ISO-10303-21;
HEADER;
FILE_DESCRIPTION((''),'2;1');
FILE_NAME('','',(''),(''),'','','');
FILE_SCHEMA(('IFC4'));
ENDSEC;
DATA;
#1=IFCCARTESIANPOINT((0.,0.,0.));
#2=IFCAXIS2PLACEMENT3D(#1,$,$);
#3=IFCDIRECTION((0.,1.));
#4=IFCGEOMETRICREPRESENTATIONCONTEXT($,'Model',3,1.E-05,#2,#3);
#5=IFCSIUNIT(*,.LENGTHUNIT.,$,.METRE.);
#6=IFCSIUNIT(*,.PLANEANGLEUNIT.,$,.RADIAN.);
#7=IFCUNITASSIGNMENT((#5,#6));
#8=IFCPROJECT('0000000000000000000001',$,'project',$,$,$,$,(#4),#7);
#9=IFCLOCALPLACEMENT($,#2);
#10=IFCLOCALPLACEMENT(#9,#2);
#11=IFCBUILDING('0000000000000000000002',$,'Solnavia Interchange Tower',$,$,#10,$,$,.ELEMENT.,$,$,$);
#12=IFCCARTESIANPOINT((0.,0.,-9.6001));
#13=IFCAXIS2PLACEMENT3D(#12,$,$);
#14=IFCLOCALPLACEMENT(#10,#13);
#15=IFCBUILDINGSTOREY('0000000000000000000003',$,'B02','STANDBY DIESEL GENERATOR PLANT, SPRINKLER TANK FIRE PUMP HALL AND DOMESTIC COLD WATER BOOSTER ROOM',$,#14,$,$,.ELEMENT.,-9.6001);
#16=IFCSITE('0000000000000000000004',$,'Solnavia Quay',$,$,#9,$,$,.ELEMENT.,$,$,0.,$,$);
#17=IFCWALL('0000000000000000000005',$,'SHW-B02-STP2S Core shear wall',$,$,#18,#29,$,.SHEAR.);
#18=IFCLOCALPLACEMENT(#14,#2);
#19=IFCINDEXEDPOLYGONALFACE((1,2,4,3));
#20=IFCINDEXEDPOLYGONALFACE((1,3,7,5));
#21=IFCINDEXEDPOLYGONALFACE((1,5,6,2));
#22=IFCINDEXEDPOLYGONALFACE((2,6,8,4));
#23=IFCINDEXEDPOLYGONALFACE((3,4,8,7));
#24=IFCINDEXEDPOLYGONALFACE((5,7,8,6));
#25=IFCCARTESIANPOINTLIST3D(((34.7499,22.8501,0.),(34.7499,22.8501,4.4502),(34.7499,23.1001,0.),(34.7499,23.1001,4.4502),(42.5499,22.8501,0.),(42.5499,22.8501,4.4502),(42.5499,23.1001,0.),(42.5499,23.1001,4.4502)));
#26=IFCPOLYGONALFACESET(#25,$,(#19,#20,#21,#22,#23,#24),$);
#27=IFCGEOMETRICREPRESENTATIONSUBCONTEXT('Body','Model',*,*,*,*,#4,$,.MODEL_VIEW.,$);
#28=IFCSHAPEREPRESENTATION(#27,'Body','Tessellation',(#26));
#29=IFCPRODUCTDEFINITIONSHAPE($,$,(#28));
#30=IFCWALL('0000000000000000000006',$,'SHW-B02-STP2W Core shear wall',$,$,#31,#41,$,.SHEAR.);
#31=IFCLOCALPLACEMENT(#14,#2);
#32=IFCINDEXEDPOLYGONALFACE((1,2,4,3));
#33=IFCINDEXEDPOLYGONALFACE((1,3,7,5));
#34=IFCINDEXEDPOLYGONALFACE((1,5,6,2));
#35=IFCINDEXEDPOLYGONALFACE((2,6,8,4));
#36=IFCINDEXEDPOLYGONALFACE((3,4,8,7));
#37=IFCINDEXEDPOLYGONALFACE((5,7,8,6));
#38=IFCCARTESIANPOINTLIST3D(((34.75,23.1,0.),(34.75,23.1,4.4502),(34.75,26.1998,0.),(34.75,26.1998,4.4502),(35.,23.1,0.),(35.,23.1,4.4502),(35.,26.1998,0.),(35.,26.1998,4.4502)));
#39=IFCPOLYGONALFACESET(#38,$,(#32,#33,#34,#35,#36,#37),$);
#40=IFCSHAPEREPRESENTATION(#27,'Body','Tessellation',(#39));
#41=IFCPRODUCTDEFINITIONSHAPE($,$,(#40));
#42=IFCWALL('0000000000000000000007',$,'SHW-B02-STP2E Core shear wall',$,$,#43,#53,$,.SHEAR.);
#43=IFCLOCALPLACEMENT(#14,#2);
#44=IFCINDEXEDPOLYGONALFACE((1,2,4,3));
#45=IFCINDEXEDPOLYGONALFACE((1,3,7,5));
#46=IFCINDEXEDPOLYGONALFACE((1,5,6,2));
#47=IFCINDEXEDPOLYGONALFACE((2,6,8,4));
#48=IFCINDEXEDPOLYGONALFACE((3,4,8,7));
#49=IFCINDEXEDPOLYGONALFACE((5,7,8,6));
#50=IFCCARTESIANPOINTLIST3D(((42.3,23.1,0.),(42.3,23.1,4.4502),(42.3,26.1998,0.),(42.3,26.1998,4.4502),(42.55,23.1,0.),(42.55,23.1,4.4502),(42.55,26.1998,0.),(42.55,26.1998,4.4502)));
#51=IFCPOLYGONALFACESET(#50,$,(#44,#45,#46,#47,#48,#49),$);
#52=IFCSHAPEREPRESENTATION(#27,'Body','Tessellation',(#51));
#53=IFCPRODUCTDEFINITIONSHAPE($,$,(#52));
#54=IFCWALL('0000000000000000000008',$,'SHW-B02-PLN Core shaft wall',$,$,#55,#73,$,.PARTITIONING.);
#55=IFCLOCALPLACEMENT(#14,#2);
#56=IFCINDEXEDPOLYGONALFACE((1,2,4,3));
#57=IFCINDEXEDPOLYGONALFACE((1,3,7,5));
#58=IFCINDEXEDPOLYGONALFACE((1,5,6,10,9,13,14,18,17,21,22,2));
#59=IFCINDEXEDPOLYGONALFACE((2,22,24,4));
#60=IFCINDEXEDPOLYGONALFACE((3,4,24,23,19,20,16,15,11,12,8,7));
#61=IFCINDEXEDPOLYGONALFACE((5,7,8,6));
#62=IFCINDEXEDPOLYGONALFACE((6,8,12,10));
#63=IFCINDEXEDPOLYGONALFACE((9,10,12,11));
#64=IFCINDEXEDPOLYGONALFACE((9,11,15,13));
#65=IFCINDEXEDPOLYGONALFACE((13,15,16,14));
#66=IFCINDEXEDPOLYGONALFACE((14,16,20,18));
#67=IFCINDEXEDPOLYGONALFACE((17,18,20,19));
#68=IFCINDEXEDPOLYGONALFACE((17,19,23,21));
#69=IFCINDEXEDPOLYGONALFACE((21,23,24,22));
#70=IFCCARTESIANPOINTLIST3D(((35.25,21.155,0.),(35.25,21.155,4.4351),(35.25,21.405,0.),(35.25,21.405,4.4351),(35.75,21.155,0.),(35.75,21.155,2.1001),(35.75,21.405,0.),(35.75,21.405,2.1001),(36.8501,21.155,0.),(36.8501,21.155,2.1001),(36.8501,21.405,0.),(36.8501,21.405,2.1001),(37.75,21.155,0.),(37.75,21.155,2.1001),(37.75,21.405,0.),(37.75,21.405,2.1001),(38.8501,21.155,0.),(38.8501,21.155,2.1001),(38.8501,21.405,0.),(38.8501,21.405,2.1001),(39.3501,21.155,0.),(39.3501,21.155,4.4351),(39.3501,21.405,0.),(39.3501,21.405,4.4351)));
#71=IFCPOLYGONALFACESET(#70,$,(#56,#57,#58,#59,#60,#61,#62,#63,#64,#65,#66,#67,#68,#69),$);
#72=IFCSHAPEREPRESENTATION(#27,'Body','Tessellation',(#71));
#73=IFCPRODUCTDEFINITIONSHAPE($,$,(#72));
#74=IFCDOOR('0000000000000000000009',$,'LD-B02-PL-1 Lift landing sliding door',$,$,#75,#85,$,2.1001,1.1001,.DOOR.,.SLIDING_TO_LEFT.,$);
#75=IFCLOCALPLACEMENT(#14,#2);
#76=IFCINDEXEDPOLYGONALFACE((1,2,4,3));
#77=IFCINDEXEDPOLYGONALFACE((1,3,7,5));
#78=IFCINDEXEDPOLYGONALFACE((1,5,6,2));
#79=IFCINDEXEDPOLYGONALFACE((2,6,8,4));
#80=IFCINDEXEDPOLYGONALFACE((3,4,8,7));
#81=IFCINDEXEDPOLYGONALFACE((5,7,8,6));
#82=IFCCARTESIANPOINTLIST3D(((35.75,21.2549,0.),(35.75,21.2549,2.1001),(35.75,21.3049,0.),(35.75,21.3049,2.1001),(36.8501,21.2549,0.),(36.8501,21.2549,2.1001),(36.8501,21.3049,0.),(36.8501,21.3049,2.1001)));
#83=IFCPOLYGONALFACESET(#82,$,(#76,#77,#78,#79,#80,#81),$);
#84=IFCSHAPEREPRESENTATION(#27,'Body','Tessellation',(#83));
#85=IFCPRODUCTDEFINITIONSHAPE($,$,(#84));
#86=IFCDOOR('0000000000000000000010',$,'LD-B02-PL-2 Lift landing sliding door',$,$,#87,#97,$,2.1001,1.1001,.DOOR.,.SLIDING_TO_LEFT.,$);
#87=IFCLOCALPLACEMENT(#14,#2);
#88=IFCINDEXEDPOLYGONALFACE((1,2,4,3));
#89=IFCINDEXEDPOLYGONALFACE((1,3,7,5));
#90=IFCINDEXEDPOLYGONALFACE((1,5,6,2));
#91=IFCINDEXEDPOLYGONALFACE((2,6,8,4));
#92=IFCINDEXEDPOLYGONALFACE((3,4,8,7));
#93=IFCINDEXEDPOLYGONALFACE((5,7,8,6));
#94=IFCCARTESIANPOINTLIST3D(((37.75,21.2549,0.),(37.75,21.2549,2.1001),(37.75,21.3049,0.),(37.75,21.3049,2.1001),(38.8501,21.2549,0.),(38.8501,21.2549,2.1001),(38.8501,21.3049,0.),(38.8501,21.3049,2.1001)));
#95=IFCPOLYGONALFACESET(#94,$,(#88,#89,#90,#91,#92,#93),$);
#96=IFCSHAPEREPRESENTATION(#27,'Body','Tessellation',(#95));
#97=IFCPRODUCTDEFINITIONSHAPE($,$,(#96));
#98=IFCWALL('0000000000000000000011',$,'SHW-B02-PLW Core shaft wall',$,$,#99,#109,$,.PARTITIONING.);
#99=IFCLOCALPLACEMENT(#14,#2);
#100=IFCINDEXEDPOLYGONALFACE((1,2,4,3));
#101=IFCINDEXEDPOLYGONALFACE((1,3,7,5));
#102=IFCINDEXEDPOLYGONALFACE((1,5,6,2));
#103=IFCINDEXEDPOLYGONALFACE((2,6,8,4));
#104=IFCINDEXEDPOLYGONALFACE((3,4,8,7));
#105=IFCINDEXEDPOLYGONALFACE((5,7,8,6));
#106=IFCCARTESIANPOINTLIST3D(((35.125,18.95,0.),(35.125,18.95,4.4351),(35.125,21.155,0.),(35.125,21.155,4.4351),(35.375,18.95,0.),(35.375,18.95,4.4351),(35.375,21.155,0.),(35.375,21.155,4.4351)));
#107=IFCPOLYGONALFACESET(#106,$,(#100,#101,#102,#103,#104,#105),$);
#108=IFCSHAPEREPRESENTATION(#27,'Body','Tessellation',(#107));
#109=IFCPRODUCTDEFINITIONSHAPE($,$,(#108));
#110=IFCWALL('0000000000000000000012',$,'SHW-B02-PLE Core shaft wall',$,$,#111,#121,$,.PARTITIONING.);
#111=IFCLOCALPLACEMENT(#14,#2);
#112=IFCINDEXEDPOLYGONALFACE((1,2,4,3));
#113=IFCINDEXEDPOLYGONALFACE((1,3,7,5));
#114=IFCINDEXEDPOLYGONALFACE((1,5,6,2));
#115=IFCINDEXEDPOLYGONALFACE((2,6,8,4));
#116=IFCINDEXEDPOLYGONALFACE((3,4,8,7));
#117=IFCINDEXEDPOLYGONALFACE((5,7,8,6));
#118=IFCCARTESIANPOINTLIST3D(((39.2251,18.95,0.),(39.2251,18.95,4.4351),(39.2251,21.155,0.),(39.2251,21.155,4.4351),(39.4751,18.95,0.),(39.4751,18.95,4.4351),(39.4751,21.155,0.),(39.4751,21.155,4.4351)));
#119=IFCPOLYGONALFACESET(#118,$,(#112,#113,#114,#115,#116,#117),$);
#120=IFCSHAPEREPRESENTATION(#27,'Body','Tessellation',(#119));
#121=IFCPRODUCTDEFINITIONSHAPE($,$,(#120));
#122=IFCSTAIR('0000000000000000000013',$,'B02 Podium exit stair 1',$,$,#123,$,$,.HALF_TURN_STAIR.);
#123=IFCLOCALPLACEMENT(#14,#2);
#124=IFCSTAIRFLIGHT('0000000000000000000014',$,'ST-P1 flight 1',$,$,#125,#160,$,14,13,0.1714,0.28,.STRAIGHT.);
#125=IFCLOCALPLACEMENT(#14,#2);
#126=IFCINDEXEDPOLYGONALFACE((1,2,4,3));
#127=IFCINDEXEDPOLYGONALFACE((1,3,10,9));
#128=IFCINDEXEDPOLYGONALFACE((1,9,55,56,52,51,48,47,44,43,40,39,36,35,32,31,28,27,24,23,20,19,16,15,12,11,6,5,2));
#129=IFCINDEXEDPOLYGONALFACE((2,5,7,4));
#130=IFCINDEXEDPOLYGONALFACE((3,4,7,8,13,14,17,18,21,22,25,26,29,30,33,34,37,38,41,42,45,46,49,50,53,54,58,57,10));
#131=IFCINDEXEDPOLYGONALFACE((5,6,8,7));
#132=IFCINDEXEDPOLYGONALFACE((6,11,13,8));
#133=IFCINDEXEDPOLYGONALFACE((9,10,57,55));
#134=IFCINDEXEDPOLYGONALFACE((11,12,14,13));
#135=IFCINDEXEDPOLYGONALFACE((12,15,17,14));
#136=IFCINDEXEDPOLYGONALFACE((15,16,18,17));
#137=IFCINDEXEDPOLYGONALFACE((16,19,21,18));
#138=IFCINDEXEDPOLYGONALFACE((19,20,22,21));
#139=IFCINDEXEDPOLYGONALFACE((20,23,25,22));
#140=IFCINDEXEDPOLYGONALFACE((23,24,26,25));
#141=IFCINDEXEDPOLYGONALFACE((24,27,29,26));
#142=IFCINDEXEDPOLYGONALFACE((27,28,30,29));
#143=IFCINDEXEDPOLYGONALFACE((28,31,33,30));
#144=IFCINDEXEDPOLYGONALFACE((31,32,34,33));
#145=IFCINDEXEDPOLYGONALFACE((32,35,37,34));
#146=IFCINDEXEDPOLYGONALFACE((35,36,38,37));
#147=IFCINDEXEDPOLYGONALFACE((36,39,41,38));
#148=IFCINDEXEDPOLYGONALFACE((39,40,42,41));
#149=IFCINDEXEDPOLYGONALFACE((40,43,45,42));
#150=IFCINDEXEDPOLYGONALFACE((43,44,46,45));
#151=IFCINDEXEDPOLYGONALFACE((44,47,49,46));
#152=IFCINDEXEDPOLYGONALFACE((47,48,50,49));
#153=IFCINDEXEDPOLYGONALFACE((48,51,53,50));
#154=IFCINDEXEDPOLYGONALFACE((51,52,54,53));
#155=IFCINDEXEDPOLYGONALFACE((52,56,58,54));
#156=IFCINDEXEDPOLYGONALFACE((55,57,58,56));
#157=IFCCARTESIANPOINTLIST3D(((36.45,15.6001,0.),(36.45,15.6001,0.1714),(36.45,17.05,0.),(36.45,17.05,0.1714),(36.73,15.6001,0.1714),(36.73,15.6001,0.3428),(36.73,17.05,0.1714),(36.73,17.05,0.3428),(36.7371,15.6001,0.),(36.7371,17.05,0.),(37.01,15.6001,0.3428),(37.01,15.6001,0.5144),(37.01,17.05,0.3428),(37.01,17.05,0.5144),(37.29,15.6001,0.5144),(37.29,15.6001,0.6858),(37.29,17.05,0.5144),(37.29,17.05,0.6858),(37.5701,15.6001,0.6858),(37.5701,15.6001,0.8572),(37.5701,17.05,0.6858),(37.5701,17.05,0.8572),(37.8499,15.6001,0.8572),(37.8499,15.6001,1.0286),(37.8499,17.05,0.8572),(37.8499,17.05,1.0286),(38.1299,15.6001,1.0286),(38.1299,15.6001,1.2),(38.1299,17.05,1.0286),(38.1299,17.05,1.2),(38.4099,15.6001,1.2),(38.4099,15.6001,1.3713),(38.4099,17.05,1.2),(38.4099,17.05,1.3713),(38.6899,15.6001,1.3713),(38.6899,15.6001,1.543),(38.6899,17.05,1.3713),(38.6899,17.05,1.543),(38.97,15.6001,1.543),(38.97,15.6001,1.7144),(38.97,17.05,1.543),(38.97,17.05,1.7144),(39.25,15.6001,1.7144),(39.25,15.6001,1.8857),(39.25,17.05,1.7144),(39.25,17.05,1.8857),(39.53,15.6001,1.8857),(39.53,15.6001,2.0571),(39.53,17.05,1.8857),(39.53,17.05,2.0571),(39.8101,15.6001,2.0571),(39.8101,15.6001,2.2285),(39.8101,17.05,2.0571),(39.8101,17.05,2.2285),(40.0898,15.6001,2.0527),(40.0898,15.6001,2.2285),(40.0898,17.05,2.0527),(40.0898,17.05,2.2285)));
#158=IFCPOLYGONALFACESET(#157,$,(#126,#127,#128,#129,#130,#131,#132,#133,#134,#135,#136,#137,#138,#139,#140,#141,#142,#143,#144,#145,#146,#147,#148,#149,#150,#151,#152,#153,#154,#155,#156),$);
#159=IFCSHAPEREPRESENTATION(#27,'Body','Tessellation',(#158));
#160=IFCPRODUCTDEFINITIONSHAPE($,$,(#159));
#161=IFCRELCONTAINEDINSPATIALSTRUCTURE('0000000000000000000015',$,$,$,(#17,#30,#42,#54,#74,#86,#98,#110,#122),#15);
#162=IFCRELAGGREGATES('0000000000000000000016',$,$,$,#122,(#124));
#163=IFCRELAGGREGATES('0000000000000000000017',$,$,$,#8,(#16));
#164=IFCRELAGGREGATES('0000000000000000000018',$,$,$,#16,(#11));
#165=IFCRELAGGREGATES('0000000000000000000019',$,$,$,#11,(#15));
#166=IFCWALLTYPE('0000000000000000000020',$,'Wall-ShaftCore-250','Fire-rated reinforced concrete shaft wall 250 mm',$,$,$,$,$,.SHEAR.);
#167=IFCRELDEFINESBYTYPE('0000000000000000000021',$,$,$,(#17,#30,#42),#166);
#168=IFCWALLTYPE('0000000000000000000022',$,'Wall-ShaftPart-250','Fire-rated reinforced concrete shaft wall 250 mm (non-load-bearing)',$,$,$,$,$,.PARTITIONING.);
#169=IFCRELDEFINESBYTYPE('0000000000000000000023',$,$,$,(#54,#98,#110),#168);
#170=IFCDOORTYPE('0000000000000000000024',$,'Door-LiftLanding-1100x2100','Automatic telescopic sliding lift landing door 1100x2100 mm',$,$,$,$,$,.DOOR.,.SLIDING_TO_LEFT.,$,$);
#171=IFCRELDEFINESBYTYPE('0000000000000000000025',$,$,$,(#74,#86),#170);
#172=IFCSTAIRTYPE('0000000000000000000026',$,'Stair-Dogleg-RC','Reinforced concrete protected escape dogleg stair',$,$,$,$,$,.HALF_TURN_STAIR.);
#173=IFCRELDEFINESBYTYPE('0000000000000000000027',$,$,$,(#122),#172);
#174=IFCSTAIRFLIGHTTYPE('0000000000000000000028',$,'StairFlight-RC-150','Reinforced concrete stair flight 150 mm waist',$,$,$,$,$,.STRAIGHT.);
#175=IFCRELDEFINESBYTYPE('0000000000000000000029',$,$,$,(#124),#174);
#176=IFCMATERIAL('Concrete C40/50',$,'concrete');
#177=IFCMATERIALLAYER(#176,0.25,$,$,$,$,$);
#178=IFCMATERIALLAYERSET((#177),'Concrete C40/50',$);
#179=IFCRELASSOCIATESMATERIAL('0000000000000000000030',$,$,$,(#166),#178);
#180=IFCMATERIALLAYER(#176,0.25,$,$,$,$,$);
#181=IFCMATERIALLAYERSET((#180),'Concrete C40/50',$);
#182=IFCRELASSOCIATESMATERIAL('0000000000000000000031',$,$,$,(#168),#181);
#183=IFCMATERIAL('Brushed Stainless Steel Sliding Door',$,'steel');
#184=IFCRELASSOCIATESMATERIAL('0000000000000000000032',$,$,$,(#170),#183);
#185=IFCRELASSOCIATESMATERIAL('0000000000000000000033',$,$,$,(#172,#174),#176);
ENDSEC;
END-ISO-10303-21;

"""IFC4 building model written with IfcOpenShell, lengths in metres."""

from ifc_helpers import new_model, si_unit, direction, frame, frame_2d, origin, place, context, subcontext, project, spatial, polyline, rectangle, outline, extrude, material, layer, layer_set, type_object, element, fill, aggregate, save


model = new_model("IFC4")

# Units and contexts
model_context = context("Model", 3, precision=1e-05, world=origin(), true_north=direction((0.0, 1.0)))
body_context = subcontext(model_context, "Body", "Model", "MODEL_VIEW")
ifc_project = project(units=[si_unit("LENGTHUNIT", "METRE"), si_unit("PLANEANGLEUNIT", "RADIAN")], contexts=[model_context])

# Site, building, storey
site_placement = place(None, origin())
site = spatial("IfcSite", under=ifc_project, at=site_placement, Name="Solnavia Quay", CompositionType="ELEMENT", RefElevation=0.0)
building_placement = place(site_placement, origin())
building = spatial("IfcBuilding", under=site, at=building_placement, Name="Solnavia Interchange Tower", CompositionType="ELEMENT")
storey_placement = place(building_placement, frame((0.0, 0.0, -9.6001)))
storey = spatial("IfcBuildingStorey", under=building, at=storey_placement, Name="B02", Description="STANDBY DIESEL GENERATOR PLANT, SPRINKLER TANK FIRE PUMP HALL AND DOMESTIC COLD WATER BOOSTER ROOM", CompositionType="ELEMENT", Elevation=-9.6001)

# Shared definitions
ifc_material_1 = material(Name="Concrete C40/50", Category="concrete")

# Shared definitions
ifc_layer_1 = layer(ifc_material_1, 0.25)
ifc_layer_set_1 = layer_set([ifc_layer_1], Name="Concrete C40/50")
wall_type_1 = type_object("IfcWallType", Name="Wall-ShaftCore-250", Description="Fire-rated reinforced concrete shaft wall 250 mm", PredefinedType="SHEAR", material=ifc_layer_set_1)

# Walls
wall_1_placement = place(storey_placement, frame((34.75, 22.9751, 0.0), z_axis=(0.0, 0.0, 1.0), x_axis=(1.0, 0.0, 0.0)))
element("IfcWall", 1, at=wall_1_placement, inside=storey, type_object=wall_type_1, Name="SHW-B02-STP2S Core shear wall", PredefinedType="SHEAR", context=body_context, shape_type="SweptSolid", body=[
    extrude(rectangle(XDim=7.8, YDim=0.25, at=frame_2d((3.8999, 0.0))), origin(), (0.0, 0.0, 1.0), 4.4502),
])
for number, where, z_axis, x_axis, name in (
    (2, (34.875, 23.1001, 0.0), (0.0, 0.0, 1.0), (0.0, 1.0, 0.0), "SHW-B02-STP2W Core shear wall"),
    (3, (42.425, 23.1001, 0.0), (0.0, 0.0, 1.0), (0.0, 1.0, 0.0), "SHW-B02-STP2E Core shear wall"),
):
    element("IfcWall", number, at=place(storey_placement, frame(where, z_axis=z_axis, x_axis=x_axis)), inside=storey, type_object=wall_type_1, Name=name, PredefinedType="SHEAR", context=body_context, shape_type="SweptSolid", body=[
        extrude(rectangle(XDim=3.0999, YDim=0.25, at=frame_2d((1.5498, 0.0))), origin(), (0.0, 0.0, 1.0), 4.4502),
    ])

# Wall, openings, doors
ifc_layer_2 = layer(ifc_material_1, 0.25)
ifc_layer_set_2 = layer_set([ifc_layer_2], Name="Concrete C40/50")
wall_type_2 = type_object("IfcWallType", Name="Wall-ShaftPart-250", Description="Fire-rated reinforced concrete shaft wall 250 mm (non-load-bearing)", PredefinedType="PARTITIONING", material=ifc_layer_set_2)
wall_2_placement = place(storey_placement, frame((35.25, 21.28, 0.0), z_axis=(0.0, 0.0, 1.0), x_axis=(1.0, 0.0, 0.0)))
wall_2 = element("IfcWall", 4, at=wall_2_placement, inside=storey, type_object=wall_type_2, Name="SHW-B02-PLN Core shaft wall", PredefinedType="PARTITIONING", context=body_context, shape_type="SweptSolid", body=[
    extrude(rectangle(XDim=4.1001, YDim=0.25, at=frame_2d((2.05, 0.0))), origin(), (0.0, 0.0, 1.0), 4.4351),
])
opening_1_placement = place(wall_2_placement, frame((0.5, 0.0, 0.0)))
opening_1 = element("IfcOpeningElement", 5, at=opening_1_placement, cuts=wall_2, PredefinedType="OPENING", context=body_context, shape_type="SweptSolid", body=[
    extrude(rectangle(XDim=1.1001, YDim=2.1001, at=frame_2d((0.55, 1.05))), frame((0.0, 0.135, 0.0), z_axis=(0.0, -1.0, 0.0), x_axis=(1.0, 0.0, 0.0)), (0.0, 0.0, 1.0), 0.27),
])
opening_2_placement = place(wall_2_placement, frame((2.5, 0.0, 0.0)))
opening_2 = element("IfcOpeningElement", 6, at=opening_2_placement, cuts=wall_2, PredefinedType="OPENING", context=body_context, shape_type="SweptSolid", body=[
    extrude(rectangle(XDim=1.1001, YDim=2.1001, at=frame_2d((0.55, 1.05))), frame((0.0, 0.135, 0.0), z_axis=(0.0, -1.0, 0.0), x_axis=(1.0, 0.0, 0.0)), (0.0, 0.0, 1.0), 0.27),
])
ifc_material_2 = material(Name="Brushed Stainless Steel Sliding Door", Category="steel")
door_type_1 = type_object("IfcDoorType", Name="Door-LiftLanding-1100x2100", Description="Automatic telescopic sliding lift landing door 1100x2100 mm", OperationType="SLIDING_TO_LEFT", PredefinedType="DOOR", material=ifc_material_2)
door_1_placement = place(opening_1_placement, origin())
door_1 = element("IfcDoor", 7, at=door_1_placement, inside=storey, type_object=door_type_1, Name="LD-B02-PL-1 Lift landing sliding door", OperationType="SLIDING_TO_LEFT", OverallHeight=2.1001, OverallWidth=1.1001, PredefinedType="DOOR", context=body_context, shape_type="SweptSolid", body=[
    extrude(rectangle(XDim=1.1001, YDim=2.1001, at=frame_2d((0.55, 1.05))), frame((0.0, 0.0249, 0.0), z_axis=(0.0, -1.0, 0.0), x_axis=(1.0, 0.0, 0.0)), (0.0, 0.0, 1.0), 0.05),
])
fill(opening_1, door_1)
door_2_placement = place(opening_2_placement, origin())
door_2 = element("IfcDoor", 8, at=door_2_placement, inside=storey, type_object=door_type_1, Name="LD-B02-PL-2 Lift landing sliding door", OperationType="SLIDING_TO_LEFT", OverallHeight=2.1001, OverallWidth=1.1001, PredefinedType="DOOR", context=body_context, shape_type="SweptSolid", body=[
    extrude(rectangle(XDim=1.1001, YDim=2.1001, at=frame_2d((0.55, 1.05))), frame((0.0, 0.0249, 0.0), z_axis=(0.0, -1.0, 0.0), x_axis=(1.0, 0.0, 0.0)), (0.0, 0.0, 1.0), 0.05),
])
fill(opening_2, door_2)

# Walls
for number, where, z_axis, x_axis, name in (
    (9, (35.25, 18.95, 0.0), (0.0, 0.0, 1.0), (0.0, 1.0, 0.0), "SHW-B02-PLW Core shaft wall"),
    (10, (39.3501, 18.95, 0.0), (0.0, 0.0, 1.0), (0.0, 1.0, 0.0), "SHW-B02-PLE Core shaft wall"),
):
    element("IfcWall", number, at=place(storey_placement, frame(where, z_axis=z_axis, x_axis=x_axis)), inside=storey, type_object=wall_type_2, Name=name, PredefinedType="PARTITIONING", context=body_context, shape_type="SweptSolid", body=[
        extrude(rectangle(XDim=2.2051, YDim=0.25, at=frame_2d((1.1025, 0.0))), origin(), (0.0, 0.0, 1.0), 4.4351),
    ])

# Stair, stair flight
stair_type = type_object("IfcStairType", Name="Stair-Dogleg-RC", Description="Reinforced concrete protected escape dogleg stair", PredefinedType="HALF_TURN_STAIR", material=ifc_material_1)
stair_placement = place(storey_placement, origin())
stair = element("IfcStair", 11, at=stair_placement, inside=storey, type_object=stair_type, Name="B02 Podium exit stair 1", PredefinedType="HALF_TURN_STAIR")
stair_flight_type = type_object("IfcStairFlightType", Name="StairFlight-RC-150", Description="Reinforced concrete stair flight 150 mm waist", PredefinedType="STRAIGHT", material=ifc_material_1)
stair_flight_1_placement = place(storey_placement, frame((36.45, 16.325, 0.0), z_axis=(0.0, 0.0, 1.0), x_axis=(1.0, 0.0, 0.0)))
stair_flight_1 = element("IfcStairFlight", 12, at=stair_flight_1_placement, type_object=stair_flight_type, Name="ST-P1 flight 1", NumberOfRisers=14, NumberOfTreads=13, PredefinedType="STRAIGHT", RiserHeight=0.1714, TreadLength=0.28, context=body_context, shape_type="SweptSolid", body=[
    extrude(outline(polyline([(0.0, 0.0), (0.0, 0.1714), (0.28, 0.1714), (0.28, 0.3428), (0.5601, 0.3428), (0.5601, 0.5144), (0.8401, 0.5144), (0.8401, 0.6858), (1.1201, 0.6858), (1.1201, 0.8572), (1.3999, 0.8572), (1.3999, 1.0286), (1.6799, 1.0286), (1.6799, 1.2), (1.96, 1.2), (1.96, 1.3713), (2.24, 1.3713), (2.24, 1.543), (2.52, 1.543), (2.52, 1.7144), (2.8, 1.7144), (2.8, 1.8857), (3.0801, 1.8857), (3.0801, 2.0571), (3.3601, 2.0571), (3.3601, 2.2285), (3.6399, 2.2285), (3.6399, 2.3999), (3.6399, 2.0527), (0.2871, 0.0), (0.0, 0.0)])), frame((0.0, 0.7251, 0.0), z_axis=(0.0, -1.0, 0.0), x_axis=(1.0, 0.0, 0.0)), (0.0, 0.0, 1.0), 1.45),
])
aggregate(stair, [stair_flight_1])

save(model, "model.ifc")
